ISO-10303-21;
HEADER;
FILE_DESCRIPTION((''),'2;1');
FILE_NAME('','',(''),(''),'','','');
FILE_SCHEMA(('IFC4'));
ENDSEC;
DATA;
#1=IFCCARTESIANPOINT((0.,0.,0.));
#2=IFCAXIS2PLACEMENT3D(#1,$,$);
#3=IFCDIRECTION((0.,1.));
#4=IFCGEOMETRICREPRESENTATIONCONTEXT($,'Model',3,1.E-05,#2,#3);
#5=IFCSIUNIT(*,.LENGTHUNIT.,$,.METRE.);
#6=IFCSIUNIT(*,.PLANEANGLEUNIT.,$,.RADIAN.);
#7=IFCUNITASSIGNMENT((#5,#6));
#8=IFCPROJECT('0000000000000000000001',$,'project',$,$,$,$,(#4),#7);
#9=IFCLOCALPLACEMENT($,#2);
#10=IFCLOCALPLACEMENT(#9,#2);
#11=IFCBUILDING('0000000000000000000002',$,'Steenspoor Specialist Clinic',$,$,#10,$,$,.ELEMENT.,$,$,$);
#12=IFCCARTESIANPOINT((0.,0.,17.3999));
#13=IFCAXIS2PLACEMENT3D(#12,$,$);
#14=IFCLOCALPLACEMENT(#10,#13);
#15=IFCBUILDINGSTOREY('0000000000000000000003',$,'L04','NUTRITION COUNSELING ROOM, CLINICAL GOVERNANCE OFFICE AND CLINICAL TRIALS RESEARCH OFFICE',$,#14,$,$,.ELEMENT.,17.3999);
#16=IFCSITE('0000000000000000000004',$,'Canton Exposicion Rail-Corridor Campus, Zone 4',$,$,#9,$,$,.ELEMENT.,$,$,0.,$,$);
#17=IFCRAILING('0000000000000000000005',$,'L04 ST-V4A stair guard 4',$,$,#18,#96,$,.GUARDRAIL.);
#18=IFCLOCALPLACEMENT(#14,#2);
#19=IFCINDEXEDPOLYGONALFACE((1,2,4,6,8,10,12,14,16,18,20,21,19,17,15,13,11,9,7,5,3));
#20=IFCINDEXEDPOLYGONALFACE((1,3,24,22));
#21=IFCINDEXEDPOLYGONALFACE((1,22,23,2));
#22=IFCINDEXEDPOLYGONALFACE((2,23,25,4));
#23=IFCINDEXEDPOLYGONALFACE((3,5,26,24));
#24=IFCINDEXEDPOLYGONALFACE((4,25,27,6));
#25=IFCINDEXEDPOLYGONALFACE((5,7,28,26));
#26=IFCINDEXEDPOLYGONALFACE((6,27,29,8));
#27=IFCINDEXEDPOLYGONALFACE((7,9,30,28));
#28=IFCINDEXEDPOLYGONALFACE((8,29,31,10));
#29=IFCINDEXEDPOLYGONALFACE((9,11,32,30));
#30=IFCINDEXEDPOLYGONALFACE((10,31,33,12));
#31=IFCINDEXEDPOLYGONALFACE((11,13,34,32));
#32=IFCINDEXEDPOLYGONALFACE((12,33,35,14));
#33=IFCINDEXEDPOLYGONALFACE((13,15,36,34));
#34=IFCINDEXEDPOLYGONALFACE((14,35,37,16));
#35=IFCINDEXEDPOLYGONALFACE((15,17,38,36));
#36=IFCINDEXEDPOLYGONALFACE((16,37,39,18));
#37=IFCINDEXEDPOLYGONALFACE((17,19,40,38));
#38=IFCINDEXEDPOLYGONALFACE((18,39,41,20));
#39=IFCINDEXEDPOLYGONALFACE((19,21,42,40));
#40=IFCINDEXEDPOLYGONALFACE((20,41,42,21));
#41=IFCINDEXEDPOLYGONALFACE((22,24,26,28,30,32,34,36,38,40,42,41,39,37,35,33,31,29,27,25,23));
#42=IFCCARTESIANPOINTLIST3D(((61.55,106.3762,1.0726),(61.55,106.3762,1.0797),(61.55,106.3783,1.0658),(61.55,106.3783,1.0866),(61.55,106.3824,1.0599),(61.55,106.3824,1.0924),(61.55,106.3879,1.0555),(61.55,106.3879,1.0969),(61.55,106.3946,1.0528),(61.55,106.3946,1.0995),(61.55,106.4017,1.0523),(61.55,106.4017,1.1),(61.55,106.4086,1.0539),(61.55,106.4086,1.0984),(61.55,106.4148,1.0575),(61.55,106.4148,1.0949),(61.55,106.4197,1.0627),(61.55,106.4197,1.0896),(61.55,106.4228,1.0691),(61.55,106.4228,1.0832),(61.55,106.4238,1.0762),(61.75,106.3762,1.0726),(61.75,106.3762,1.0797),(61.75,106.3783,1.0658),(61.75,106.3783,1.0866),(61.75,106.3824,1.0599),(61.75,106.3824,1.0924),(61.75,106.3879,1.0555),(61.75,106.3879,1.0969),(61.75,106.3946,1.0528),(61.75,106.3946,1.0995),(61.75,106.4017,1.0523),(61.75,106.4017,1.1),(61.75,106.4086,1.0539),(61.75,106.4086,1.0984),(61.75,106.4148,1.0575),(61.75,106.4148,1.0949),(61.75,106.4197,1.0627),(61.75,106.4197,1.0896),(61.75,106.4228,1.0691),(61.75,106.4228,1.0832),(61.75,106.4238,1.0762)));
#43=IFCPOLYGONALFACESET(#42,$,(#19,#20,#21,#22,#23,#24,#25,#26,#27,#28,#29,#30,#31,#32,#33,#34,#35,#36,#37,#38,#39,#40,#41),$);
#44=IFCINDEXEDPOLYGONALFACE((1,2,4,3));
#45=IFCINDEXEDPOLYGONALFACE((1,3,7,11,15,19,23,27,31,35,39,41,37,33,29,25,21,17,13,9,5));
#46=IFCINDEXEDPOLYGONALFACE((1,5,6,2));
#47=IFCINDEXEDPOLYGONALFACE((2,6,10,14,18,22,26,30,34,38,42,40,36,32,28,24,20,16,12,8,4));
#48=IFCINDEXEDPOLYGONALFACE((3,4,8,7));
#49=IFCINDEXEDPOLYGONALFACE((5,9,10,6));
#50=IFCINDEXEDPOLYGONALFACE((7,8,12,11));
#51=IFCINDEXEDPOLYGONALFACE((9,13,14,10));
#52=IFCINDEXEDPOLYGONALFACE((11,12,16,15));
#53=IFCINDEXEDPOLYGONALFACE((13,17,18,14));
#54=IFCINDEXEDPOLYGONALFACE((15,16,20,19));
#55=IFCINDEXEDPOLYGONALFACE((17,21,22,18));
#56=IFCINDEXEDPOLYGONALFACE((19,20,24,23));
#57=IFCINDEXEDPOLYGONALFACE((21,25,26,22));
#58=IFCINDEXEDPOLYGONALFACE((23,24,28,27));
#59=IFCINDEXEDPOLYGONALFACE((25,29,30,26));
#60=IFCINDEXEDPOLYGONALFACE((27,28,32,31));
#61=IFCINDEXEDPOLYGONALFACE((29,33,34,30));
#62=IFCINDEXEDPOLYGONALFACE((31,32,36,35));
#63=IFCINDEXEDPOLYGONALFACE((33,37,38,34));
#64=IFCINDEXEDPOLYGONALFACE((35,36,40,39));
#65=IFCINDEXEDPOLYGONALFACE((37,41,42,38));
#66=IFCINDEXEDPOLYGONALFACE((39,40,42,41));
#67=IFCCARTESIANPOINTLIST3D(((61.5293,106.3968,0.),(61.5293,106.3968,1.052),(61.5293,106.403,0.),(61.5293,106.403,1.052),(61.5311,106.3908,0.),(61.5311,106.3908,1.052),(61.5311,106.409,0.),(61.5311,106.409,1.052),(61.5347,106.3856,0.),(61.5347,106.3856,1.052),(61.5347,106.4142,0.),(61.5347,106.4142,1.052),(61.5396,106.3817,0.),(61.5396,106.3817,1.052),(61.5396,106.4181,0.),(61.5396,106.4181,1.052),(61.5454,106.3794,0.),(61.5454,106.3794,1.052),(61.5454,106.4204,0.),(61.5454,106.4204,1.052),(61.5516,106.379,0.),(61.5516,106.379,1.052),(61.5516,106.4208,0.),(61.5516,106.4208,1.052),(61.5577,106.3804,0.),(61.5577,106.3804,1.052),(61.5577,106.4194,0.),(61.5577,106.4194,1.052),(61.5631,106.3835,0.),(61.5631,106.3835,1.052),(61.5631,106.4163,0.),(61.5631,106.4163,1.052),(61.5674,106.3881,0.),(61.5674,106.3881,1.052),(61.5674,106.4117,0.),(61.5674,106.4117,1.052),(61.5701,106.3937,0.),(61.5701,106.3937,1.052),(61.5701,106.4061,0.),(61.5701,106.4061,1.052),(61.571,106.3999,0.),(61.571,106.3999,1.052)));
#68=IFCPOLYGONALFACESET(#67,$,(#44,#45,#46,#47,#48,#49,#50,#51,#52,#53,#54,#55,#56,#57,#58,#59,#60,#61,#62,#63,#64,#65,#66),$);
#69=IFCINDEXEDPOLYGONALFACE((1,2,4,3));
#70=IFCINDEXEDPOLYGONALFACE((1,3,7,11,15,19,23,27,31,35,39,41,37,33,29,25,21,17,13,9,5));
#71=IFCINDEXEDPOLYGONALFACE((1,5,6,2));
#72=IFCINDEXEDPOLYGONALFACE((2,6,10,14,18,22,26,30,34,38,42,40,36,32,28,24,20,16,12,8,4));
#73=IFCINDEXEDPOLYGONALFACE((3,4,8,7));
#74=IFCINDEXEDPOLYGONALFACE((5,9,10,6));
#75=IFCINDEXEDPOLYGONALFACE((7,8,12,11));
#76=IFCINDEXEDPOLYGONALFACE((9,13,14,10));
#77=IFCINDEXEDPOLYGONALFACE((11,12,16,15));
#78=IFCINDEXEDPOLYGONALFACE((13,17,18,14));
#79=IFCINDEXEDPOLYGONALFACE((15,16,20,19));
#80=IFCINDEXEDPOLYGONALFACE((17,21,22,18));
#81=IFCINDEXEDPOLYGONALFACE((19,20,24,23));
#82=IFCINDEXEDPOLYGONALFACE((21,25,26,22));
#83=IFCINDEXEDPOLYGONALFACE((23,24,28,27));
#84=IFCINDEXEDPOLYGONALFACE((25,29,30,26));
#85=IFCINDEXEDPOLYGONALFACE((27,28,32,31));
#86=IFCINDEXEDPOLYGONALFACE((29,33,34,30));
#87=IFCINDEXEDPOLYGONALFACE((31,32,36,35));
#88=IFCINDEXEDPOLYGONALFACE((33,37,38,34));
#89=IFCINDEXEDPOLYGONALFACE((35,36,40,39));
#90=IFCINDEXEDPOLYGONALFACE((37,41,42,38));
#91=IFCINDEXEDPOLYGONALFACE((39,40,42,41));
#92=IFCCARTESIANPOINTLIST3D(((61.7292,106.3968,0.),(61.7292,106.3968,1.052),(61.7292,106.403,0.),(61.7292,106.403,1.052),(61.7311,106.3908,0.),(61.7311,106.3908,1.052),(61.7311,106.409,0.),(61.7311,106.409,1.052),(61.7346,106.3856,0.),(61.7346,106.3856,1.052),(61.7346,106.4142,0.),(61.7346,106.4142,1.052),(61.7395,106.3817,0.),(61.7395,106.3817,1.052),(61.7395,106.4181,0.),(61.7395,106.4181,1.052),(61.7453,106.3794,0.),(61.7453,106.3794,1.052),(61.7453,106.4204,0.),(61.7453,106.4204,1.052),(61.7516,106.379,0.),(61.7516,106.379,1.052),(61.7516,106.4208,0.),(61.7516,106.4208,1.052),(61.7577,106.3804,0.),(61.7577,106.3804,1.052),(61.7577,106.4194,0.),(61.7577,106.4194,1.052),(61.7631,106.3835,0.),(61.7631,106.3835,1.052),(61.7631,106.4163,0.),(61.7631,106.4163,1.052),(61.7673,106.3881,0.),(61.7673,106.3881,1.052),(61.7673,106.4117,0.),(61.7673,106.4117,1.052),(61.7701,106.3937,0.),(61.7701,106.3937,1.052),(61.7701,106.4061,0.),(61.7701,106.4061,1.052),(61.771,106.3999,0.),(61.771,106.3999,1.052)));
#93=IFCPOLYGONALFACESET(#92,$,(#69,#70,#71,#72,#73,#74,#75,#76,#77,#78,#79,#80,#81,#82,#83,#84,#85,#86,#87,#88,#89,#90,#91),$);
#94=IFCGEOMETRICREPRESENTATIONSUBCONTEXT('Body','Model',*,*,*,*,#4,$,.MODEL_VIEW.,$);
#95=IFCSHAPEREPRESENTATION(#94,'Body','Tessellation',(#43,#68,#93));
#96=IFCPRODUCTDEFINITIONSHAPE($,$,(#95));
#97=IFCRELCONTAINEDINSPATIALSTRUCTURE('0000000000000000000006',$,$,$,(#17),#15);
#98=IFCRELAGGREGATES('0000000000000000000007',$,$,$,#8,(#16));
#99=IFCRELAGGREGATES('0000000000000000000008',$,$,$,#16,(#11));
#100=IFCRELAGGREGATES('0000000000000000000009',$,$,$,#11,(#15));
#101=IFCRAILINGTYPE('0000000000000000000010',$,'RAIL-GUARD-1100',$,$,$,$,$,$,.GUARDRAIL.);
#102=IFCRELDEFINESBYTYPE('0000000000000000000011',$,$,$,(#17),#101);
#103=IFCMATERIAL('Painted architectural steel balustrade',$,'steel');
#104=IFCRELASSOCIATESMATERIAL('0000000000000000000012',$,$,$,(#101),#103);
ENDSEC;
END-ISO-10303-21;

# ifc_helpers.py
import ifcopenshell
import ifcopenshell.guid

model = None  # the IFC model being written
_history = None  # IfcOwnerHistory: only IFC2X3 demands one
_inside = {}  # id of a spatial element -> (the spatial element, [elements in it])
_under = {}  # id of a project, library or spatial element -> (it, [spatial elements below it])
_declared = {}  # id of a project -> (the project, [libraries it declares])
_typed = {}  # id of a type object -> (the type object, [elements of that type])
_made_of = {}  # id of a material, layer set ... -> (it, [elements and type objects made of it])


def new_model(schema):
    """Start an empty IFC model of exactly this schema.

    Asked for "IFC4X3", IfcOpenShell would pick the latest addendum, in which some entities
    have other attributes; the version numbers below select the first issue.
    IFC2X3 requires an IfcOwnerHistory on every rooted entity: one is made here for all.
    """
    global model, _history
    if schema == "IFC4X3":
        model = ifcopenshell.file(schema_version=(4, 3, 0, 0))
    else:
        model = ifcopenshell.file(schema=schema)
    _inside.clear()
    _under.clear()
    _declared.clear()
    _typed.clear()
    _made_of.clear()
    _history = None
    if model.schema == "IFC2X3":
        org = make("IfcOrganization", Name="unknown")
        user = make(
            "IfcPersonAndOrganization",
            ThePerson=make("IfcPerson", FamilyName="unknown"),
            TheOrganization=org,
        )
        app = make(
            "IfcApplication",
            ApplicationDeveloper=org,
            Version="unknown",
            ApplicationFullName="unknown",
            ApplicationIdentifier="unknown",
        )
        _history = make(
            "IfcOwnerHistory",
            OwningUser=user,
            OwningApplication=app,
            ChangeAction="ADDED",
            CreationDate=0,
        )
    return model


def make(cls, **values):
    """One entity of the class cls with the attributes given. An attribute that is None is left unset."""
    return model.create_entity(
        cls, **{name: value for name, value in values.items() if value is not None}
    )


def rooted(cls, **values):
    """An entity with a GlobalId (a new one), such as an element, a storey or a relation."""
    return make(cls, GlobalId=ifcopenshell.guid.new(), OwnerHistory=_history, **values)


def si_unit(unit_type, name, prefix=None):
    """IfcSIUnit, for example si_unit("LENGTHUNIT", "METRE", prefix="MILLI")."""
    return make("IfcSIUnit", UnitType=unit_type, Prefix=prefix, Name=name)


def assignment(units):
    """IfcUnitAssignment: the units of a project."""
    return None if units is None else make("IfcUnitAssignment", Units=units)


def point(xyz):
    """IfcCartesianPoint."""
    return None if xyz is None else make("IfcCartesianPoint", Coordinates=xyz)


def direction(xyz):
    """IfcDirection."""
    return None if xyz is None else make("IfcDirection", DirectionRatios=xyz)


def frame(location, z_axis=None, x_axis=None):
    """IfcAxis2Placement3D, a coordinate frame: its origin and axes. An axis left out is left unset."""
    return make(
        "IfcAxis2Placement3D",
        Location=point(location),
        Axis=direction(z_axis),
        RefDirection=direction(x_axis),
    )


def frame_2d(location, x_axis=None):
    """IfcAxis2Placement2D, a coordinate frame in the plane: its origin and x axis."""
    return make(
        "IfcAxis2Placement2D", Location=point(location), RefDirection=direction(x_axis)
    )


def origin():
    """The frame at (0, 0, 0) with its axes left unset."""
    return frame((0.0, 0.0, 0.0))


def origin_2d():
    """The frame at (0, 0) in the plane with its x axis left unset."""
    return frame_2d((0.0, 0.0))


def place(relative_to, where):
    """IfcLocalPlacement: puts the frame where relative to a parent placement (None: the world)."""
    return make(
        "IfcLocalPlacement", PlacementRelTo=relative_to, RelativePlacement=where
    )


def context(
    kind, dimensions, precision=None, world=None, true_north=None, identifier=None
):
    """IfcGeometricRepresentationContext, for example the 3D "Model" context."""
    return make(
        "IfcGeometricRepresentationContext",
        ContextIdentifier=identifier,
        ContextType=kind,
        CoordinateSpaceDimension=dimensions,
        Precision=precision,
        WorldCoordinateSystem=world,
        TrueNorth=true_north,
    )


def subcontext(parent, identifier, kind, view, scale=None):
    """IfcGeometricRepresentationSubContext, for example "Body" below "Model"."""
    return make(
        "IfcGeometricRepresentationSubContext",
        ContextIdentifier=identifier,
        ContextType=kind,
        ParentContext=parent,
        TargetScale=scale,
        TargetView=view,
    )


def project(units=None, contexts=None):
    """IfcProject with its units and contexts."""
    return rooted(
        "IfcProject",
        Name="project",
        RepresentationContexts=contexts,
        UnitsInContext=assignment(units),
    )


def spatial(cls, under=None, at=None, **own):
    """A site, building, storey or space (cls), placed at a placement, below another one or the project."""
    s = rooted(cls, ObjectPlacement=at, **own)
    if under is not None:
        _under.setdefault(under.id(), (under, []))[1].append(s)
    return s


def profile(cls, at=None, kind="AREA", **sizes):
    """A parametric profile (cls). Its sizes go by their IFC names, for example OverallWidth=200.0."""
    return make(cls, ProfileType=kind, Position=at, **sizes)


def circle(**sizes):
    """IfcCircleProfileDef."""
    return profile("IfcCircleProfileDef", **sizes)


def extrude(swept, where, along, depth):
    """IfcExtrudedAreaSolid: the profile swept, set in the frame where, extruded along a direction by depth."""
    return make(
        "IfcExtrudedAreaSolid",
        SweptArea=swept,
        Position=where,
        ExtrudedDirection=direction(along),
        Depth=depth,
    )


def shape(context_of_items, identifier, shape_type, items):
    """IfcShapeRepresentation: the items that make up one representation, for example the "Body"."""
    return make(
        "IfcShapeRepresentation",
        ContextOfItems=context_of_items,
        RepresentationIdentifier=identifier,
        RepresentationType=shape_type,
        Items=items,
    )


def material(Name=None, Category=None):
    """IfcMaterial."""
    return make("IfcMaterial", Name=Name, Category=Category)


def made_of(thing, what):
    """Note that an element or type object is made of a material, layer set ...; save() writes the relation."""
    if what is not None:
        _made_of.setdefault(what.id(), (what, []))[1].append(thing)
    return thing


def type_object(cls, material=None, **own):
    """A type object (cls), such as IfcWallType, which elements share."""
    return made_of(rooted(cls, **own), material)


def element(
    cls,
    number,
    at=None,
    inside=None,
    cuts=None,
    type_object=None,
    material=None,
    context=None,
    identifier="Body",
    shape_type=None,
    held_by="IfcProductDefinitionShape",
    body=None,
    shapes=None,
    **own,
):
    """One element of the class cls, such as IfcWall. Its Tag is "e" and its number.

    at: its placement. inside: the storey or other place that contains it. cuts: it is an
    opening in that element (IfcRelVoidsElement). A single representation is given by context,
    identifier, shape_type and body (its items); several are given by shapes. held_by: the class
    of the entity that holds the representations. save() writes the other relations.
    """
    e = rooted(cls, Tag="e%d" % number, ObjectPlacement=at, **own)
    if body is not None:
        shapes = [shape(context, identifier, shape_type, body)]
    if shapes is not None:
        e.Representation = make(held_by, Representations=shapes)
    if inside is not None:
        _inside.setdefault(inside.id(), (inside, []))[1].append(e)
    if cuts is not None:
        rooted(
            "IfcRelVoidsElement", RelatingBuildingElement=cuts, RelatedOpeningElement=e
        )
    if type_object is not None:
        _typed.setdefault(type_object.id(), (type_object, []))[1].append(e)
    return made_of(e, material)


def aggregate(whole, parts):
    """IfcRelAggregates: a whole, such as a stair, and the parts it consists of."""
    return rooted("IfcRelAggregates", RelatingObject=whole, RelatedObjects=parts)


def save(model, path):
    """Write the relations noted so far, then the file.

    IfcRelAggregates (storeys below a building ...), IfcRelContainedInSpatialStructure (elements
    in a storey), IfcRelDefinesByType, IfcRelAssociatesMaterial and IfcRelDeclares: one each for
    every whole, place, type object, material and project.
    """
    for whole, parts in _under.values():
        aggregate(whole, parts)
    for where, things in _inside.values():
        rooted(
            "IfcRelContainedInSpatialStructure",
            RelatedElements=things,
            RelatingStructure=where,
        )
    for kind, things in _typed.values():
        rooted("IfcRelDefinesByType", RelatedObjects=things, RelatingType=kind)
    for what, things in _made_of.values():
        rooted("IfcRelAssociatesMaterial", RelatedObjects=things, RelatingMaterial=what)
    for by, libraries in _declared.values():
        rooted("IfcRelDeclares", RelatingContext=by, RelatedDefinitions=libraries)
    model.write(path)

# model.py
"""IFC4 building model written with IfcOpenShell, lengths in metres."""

from ifc_helpers import new_model, si_unit, direction, frame, origin, origin_2d, place, context, subcontext, project, spatial, circle, extrude, material, type_object, element, save


model = new_model("IFC4")

# Units and contexts
model_context = context("Model", 3, precision=1e-05, world=origin(), true_north=direction((0.0, 1.0)))
body_context = subcontext(model_context, "Body", "Model", "MODEL_VIEW")
ifc_project = project(units=[si_unit("LENGTHUNIT", "METRE"), si_unit("PLANEANGLEUNIT", "RADIAN")], contexts=[model_context])

# Site, building, storey
site_placement = place(None, origin())
site = spatial("IfcSite", under=ifc_project, at=site_placement, Name="Canton Exposicion Rail-Corridor Campus, Zone 4", CompositionType="ELEMENT", RefElevation=0.0)
building_placement = place(site_placement, origin())
building = spatial("IfcBuilding", under=site, at=building_placement, Name="Steenspoor Specialist Clinic", CompositionType="ELEMENT")
storey_placement = place(building_placement, frame((0.0, 0.0, 17.3999)))
storey = spatial("IfcBuildingStorey", under=building, at=storey_placement, Name="L04", Description="NUTRITION COUNSELING ROOM, CLINICAL GOVERNANCE OFFICE AND CLINICAL TRIALS RESEARCH OFFICE", CompositionType="ELEMENT", Elevation=17.3999)

# Railing
ifc_material_1 = material(Name="Painted architectural steel balustrade", Category="steel")
railing_type_1 = type_object("IfcRailingType", Name="RAIL-GUARD-1100", PredefinedType="GUARDRAIL", material=ifc_material_1)
railing_1_placement = place(storey_placement, frame((61.55, 106.3999, 0.0)))
element("IfcRailing", 1, at=railing_1_placement, inside=storey, type_object=railing_type_1, Name="L04 ST-V4A stair guard 4", PredefinedType="GUARDRAIL", context=body_context, shape_type="SweptSolid", body=[
    extrude(circle(Radius=0.0239, at=origin_2d()), frame((0.0, 0.0, 1.0762), z_axis=(1.0, 0.0, 0.0), x_axis=(0.0, 1.0, 0.0)), (0.0, 0.0, 1.0), 0.2),
    extrude(circle(Radius=0.021, at=origin_2d()), origin(), (0.0, 0.0, 1.0), 1.052),
    extrude(circle(Radius=0.021, at=origin_2d()), frame((0.2, 0.0, 0.0)), (0.0, 0.0, 1.0), 1.052),
])

save(model, "model.ifc")
